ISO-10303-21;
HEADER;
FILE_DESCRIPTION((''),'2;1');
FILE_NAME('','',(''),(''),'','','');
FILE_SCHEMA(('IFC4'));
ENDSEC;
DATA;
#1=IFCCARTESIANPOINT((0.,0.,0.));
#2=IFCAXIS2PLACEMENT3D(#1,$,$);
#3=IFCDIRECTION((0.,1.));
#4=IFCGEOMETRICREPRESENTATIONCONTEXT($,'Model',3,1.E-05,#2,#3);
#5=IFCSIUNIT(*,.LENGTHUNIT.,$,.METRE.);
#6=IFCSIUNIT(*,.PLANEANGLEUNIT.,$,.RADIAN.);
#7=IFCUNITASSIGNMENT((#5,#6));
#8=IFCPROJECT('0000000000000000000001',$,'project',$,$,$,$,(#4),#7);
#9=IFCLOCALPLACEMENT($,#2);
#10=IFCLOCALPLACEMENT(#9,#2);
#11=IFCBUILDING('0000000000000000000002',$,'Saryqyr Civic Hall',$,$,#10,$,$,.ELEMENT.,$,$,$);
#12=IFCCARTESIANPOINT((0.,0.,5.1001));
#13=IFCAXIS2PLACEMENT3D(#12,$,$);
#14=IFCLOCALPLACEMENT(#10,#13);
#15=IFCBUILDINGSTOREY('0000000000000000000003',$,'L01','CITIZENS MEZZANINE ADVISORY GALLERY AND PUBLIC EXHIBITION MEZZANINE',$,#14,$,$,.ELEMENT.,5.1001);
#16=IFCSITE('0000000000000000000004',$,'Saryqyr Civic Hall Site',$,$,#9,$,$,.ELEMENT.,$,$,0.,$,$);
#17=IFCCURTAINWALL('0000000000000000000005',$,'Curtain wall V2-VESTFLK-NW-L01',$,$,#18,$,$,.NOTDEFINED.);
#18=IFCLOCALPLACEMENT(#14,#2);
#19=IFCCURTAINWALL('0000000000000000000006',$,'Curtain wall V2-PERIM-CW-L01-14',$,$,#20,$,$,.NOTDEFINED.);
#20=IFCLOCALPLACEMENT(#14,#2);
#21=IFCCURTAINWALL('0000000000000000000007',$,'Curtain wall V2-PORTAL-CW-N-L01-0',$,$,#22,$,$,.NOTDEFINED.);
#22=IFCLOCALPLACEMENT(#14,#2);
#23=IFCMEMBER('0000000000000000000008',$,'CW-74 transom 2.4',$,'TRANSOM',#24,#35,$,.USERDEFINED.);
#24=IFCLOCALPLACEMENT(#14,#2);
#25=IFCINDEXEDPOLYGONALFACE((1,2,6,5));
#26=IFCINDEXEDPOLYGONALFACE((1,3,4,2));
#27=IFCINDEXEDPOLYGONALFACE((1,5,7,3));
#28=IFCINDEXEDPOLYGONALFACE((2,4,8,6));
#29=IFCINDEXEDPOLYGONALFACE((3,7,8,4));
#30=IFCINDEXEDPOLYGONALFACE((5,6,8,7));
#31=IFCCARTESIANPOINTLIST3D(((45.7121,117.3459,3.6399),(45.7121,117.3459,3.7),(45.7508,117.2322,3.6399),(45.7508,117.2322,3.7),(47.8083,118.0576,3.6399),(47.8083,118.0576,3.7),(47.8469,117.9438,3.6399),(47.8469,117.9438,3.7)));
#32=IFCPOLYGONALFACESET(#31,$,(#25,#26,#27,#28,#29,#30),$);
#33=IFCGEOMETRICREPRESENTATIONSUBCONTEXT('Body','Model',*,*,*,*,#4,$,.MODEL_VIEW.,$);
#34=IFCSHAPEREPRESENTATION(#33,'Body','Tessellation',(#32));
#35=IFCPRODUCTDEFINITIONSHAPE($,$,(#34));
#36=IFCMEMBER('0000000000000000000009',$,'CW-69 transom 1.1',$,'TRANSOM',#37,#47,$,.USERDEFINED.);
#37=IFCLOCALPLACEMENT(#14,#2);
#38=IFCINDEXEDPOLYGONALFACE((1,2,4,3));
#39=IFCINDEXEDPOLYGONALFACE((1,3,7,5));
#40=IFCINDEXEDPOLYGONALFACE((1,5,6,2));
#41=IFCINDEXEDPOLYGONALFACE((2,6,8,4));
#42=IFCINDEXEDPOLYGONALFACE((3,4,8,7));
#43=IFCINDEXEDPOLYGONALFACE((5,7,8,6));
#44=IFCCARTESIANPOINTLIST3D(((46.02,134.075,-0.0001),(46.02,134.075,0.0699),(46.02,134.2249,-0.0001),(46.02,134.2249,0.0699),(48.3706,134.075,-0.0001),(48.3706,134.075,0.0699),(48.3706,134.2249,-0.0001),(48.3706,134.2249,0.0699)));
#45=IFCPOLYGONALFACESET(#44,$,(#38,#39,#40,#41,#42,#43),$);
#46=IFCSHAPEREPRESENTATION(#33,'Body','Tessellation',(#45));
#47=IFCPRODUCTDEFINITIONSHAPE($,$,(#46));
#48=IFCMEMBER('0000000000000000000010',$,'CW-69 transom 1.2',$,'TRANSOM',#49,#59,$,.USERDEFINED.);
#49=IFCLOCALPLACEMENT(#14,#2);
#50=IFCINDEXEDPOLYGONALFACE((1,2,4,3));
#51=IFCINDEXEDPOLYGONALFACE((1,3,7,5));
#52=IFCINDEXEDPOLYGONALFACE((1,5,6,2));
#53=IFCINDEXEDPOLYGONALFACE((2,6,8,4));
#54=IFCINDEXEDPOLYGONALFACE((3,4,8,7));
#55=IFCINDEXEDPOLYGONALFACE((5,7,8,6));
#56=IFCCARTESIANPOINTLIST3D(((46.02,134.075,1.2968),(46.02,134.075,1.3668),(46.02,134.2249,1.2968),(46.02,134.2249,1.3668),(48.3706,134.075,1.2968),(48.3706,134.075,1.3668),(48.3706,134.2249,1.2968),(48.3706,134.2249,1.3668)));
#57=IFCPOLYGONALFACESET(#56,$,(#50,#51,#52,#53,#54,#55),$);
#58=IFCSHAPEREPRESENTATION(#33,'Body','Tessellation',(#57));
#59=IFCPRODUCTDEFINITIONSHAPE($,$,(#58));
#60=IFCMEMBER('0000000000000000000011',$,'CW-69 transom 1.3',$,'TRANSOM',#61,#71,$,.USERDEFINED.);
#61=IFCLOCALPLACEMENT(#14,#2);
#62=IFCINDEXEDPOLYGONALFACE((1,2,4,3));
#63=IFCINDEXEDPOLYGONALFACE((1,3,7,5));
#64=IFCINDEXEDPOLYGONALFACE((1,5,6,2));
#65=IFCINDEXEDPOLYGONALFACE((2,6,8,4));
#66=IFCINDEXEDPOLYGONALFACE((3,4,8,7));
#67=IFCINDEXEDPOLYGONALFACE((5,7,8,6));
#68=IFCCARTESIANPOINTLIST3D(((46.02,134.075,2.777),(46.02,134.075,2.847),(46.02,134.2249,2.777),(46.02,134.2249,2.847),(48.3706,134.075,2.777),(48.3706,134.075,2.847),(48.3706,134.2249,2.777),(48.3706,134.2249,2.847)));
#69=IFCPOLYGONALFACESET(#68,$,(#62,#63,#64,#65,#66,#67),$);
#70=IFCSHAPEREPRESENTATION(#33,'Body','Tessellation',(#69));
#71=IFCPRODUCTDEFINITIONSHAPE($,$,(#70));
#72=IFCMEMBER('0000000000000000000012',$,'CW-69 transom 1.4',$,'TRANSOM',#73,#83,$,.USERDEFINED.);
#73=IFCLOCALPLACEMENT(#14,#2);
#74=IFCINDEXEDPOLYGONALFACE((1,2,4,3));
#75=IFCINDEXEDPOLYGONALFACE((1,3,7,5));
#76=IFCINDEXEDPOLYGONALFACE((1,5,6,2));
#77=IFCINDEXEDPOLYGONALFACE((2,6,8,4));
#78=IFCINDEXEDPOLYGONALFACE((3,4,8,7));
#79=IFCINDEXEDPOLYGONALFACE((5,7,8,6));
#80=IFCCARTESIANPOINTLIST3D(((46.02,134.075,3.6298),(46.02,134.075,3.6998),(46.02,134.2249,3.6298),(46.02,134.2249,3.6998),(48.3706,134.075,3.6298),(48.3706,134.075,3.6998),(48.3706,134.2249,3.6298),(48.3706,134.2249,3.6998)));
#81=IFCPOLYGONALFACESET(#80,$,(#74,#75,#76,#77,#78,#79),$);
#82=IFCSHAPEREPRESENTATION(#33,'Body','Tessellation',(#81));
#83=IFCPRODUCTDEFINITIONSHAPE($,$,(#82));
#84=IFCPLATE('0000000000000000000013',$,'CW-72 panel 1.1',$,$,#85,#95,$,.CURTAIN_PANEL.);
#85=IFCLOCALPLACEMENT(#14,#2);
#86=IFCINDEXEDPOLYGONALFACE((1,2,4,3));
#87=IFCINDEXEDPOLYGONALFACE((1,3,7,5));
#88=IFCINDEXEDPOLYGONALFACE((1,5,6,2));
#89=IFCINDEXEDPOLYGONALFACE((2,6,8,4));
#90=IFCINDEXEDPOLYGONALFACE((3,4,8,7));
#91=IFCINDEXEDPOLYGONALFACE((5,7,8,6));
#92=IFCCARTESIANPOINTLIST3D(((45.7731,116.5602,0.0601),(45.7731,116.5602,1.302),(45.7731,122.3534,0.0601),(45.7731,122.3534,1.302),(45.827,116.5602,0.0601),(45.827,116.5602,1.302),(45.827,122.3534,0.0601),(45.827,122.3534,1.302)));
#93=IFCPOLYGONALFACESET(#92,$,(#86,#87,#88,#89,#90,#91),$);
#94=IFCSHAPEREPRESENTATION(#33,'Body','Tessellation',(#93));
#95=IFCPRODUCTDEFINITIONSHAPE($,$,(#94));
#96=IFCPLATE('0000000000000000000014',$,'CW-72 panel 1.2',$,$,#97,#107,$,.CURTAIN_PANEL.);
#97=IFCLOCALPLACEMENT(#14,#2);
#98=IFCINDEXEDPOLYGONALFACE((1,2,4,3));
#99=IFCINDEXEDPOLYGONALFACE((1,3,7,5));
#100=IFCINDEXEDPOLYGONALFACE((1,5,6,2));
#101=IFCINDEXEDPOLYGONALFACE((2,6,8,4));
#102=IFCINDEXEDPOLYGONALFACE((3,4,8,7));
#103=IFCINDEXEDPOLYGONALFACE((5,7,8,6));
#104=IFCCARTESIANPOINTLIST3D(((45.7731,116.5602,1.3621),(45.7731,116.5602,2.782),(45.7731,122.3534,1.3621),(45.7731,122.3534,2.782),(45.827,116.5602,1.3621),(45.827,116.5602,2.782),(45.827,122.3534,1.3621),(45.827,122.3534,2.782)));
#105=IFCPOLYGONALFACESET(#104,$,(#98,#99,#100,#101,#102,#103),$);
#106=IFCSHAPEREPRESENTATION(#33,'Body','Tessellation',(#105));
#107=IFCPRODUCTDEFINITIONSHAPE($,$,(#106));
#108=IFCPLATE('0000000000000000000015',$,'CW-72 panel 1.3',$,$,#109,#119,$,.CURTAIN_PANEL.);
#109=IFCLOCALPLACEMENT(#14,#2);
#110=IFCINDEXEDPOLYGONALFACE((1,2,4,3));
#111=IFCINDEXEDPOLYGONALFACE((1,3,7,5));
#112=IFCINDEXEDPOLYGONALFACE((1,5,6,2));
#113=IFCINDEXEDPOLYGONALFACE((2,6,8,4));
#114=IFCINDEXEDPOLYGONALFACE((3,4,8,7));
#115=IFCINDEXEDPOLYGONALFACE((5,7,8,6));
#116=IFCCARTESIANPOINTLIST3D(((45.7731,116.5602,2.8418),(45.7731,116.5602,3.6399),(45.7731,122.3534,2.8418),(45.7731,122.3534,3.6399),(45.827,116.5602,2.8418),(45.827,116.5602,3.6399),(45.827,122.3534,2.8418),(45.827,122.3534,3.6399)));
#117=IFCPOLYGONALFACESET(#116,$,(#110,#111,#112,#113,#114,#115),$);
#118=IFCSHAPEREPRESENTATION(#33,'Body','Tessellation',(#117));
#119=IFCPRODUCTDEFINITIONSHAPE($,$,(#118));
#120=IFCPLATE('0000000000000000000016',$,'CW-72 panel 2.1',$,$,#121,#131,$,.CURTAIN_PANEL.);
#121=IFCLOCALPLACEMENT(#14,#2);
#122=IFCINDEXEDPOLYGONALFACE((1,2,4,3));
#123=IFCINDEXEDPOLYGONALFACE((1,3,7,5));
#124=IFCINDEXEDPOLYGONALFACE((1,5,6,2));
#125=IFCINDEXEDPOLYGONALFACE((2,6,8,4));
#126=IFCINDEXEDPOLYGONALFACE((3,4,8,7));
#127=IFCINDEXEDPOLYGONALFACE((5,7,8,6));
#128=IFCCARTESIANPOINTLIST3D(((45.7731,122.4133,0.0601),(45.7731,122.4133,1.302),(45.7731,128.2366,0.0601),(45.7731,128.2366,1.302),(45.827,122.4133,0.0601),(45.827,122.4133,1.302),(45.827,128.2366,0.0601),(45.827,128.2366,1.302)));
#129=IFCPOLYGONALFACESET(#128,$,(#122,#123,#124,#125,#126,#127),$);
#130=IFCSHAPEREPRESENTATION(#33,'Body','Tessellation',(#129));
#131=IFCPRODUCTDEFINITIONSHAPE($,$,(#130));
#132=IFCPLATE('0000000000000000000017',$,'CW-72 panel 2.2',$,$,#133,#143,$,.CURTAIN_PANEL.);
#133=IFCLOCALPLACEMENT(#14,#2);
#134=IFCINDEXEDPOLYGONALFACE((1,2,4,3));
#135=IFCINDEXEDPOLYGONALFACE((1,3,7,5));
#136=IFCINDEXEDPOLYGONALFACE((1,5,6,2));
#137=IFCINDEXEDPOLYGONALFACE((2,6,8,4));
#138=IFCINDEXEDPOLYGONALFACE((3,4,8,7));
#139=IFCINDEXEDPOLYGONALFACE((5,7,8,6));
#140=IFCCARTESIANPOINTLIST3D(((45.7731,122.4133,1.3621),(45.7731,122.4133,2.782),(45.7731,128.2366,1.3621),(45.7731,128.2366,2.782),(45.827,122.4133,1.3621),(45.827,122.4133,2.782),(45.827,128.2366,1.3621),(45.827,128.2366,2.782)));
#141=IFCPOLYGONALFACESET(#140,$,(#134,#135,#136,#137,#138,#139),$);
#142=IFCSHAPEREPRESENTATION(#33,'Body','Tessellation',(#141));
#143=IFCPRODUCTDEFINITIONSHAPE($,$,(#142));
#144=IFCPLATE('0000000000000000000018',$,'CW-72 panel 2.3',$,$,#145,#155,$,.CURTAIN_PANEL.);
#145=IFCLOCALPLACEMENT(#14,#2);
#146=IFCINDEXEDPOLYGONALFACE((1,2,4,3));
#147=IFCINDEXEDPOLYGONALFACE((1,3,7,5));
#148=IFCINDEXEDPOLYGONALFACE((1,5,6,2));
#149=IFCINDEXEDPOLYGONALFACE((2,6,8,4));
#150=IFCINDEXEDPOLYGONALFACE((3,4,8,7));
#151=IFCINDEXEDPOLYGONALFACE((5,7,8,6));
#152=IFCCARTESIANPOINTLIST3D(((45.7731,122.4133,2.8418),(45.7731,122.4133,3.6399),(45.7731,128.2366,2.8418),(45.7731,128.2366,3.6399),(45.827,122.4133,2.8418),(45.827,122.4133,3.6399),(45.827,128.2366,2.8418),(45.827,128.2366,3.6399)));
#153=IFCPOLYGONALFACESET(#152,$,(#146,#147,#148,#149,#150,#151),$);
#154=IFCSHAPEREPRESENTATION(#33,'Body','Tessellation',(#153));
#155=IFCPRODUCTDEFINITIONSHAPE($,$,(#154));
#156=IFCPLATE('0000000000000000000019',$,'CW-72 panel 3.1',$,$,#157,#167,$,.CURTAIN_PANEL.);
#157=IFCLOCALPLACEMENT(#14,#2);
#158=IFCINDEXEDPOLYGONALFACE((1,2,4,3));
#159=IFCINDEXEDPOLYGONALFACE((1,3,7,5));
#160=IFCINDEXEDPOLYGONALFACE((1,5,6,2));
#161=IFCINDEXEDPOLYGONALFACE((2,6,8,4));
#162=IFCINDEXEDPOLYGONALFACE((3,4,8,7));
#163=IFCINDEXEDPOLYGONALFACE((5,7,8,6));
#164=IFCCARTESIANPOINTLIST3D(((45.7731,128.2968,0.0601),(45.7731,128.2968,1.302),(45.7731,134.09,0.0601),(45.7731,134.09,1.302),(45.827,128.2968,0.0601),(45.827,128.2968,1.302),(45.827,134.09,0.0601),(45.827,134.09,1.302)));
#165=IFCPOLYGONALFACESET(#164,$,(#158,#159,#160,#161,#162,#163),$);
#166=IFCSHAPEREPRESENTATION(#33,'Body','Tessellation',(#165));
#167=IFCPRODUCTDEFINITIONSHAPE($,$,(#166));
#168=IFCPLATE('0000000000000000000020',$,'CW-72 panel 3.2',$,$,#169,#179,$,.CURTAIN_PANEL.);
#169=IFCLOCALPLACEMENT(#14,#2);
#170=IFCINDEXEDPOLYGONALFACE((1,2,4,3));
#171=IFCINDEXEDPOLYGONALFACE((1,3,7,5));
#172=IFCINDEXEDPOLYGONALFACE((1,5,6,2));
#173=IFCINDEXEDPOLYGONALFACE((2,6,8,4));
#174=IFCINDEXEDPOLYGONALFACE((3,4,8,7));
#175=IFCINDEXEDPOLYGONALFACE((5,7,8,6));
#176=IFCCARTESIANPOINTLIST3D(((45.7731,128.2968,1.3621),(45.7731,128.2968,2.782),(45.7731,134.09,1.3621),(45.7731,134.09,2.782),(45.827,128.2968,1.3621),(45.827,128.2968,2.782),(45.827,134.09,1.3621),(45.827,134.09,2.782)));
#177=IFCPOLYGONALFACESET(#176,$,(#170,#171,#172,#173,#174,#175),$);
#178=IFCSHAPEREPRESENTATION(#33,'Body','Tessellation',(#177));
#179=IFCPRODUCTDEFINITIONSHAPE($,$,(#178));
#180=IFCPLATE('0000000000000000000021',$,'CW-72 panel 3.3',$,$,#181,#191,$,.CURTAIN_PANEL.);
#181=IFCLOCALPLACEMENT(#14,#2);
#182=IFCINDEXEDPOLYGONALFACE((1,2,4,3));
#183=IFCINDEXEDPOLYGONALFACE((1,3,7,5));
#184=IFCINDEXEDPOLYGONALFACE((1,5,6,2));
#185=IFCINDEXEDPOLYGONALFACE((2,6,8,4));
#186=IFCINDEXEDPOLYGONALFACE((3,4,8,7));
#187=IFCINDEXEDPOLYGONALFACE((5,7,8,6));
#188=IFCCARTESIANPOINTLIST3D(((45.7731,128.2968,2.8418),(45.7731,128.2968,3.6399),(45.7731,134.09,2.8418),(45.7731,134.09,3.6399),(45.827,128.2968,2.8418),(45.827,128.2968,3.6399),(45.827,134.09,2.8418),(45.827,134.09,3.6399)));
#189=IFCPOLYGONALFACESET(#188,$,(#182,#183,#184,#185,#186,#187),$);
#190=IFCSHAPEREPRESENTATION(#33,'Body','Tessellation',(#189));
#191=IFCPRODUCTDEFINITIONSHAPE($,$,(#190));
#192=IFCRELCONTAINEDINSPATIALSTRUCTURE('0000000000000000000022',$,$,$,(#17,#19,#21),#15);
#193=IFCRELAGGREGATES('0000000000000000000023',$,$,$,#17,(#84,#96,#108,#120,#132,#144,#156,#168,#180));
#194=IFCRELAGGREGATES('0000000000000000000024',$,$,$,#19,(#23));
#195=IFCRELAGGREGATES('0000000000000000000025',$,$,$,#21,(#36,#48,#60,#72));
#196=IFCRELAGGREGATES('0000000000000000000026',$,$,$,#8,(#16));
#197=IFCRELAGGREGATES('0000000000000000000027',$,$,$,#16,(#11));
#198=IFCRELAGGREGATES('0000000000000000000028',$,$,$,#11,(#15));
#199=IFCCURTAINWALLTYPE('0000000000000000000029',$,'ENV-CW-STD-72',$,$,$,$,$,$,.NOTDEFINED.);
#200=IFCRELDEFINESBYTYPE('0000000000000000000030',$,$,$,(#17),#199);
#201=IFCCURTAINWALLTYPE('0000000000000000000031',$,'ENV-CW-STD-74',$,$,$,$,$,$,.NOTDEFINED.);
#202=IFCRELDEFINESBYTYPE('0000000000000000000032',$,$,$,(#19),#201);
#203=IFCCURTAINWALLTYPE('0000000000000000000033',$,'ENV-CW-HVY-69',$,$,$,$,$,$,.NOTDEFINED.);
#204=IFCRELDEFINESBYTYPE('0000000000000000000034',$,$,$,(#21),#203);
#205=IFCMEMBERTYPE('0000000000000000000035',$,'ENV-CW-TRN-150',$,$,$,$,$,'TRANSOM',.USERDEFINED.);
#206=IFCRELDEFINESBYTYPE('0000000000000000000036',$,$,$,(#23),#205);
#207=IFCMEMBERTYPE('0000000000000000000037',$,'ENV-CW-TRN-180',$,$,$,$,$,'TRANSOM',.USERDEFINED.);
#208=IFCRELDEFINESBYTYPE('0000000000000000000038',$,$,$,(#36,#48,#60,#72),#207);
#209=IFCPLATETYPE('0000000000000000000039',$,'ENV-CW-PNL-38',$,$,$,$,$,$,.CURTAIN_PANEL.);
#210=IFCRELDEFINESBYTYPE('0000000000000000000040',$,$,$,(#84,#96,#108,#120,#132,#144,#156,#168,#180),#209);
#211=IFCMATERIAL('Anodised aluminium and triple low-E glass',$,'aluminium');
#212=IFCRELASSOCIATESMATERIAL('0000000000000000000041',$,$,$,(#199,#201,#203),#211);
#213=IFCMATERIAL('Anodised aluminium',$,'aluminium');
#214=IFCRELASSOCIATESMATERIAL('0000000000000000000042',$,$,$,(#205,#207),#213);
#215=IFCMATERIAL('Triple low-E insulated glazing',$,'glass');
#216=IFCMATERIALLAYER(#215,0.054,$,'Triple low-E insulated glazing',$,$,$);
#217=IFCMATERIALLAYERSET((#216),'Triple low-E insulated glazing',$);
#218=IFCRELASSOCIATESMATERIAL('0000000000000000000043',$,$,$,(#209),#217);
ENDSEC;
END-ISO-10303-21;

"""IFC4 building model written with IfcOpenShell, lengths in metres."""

from ifc_helpers import new_model, si_unit, direction, frame, origin, origin_2d, place, context, subcontext, project, spatial, rectangle, extrude, material, layer, layer_set, material_profile, profile_set, type_object, element, aggregate, save


model = new_model("IFC4")

# Units and contexts
model_context = context("Model", 3, precision=1e-05, world=origin(), true_north=direction((0.0, 1.0)))
body_context = subcontext(model_context, "Body", "Model", "MODEL_VIEW")
ifc_project = project(units=[si_unit("LENGTHUNIT", "METRE"), si_unit("PLANEANGLEUNIT", "RADIAN")], contexts=[model_context])

# Site, building, storey
site_placement = place(None, origin())
site = spatial("IfcSite", under=ifc_project, at=site_placement, Name="Saryqyr Civic Hall Site", CompositionType="ELEMENT", RefElevation=0.0)
building_placement = place(site_placement, origin())
building = spatial("IfcBuilding", under=site, at=building_placement, Name="Saryqyr Civic Hall", CompositionType="ELEMENT")
storey_placement = place(building_placement, frame((0.0, 0.0, 5.1001)))
storey = spatial("IfcBuildingStorey", under=building, at=storey_placement, Name="L01", Description="CITIZENS MEZZANINE ADVISORY GALLERY AND PUBLIC EXHIBITION MEZZANINE", CompositionType="ELEMENT", Elevation=5.1001)

# Curtain wall
ifc_material_1 = material(Name="Anodised aluminium and triple low-E glass", Category="aluminium")
curtain_wall_type_1 = type_object("IfcCurtainWallType", Name="ENV-CW-STD-72", PredefinedType="NOTDEFINED", material=ifc_material_1)
curtain_wall_1_placement = place(storey_placement, origin())
curtain_wall_1 = element("IfcCurtainWall", 1, at=curtain_wall_1_placement, inside=storey, type_object=curtain_wall_type_1, Name="Curtain wall V2-VESTFLK-NW-L01", PredefinedType="NOTDEFINED")
ifc_material_2 = material(Name="Anodised aluminium", Category="aluminium")

# Curtain walls
curtain_wall_type_2 = type_object("IfcCurtainWallType", Name="ENV-CW-STD-74", PredefinedType="NOTDEFINED", material=ifc_material_1)
curtain_wall_2_placement = place(storey_placement, origin())
curtain_wall_2 = element("IfcCurtainWall", 2, at=curtain_wall_2_placement, inside=storey, type_object=curtain_wall_type_2, Name="Curtain wall V2-PERIM-CW-L01-14", PredefinedType="NOTDEFINED")
curtain_wall_type_3 = type_object("IfcCurtainWallType", Name="ENV-CW-HVY-69", PredefinedType="NOTDEFINED", material=ifc_material_1)
curtain_wall_3_placement = place(storey_placement, origin())
curtain_wall_3 = element("IfcCurtainWall", 3, at=curtain_wall_3_placement, inside=storey, type_object=curtain_wall_type_3, Name="Curtain wall V2-PORTAL-CW-N-L01-0", PredefinedType="NOTDEFINED")

# Members
ifc_material_profile_1 = material_profile(ifc_material_2, rectangle(XDim=0.1201, YDim=0.0601, at=origin_2d()), Name="ALU TRANSOM 120x60")
ifc_profile_set_1 = profile_set([ifc_material_profile_1], Name="Anodised aluminium")
member_type_1 = type_object("IfcMemberType", Name="ENV-CW-TRN-150", ElementType="TRANSOM", PredefinedType="USERDEFINED", material=ifc_profile_set_1)
member_1_placement = place(storey_placement, frame((45.7314, 117.2891, 3.6699), z_axis=(0.946915, 0.321484, 0.0), x_axis=(-0.321484, 0.946915, 0.0)))
member_1 = element("IfcMember", 4, at=member_1_placement, type_object=member_type_1, Name="CW-74 transom 2.4", ObjectType="TRANSOM", PredefinedType="USERDEFINED", context=body_context, shape_type="SweptSolid", body=[
    extrude(rectangle(XDim=0.1201, YDim=0.0601, at=origin_2d()), origin(), (0.0, 0.0, 1.0), 2.2136),
])
ifc_material_profile_2 = material_profile(ifc_material_2, rectangle(XDim=0.1499, YDim=0.0701, at=origin_2d()), Name="ALU TRANSOM 150x70")
ifc_profile_set_2 = profile_set([ifc_material_profile_2], Name="Anodised aluminium")
member_type_2 = type_object("IfcMemberType", Name="ENV-CW-TRN-180", ElementType="TRANSOM", PredefinedType="USERDEFINED", material=ifc_profile_set_2)
member_2_placement = place(storey_placement, frame((46.02, 134.1499, 0.0349), z_axis=(1.0, 0.0, 0.0), x_axis=(0.0, 1.0, 0.0)))
member_2 = element("IfcMember", 5, at=member_2_placement, type_object=member_type_2, Name="CW-69 transom 1.1", ObjectType="TRANSOM", PredefinedType="USERDEFINED", context=body_context, shape_type="SweptSolid", body=[
    extrude(rectangle(XDim=0.1499, YDim=0.0701, at=origin_2d()), origin(), (0.0, 0.0, 1.0), 2.3506),
])
member_3_placement = place(storey_placement, frame((46.02, 134.1499, 1.3318), z_axis=(1.0, 0.0, 0.0), x_axis=(0.0, 1.0, 0.0)))
member_3 = element("IfcMember", 6, at=member_3_placement, type_object=member_type_2, Name="CW-69 transom 1.2", ObjectType="TRANSOM", PredefinedType="USERDEFINED", context=body_context, shape_type="SweptSolid", body=[
    extrude(rectangle(XDim=0.1499, YDim=0.0701, at=origin_2d()), origin(), (0.0, 0.0, 1.0), 2.3506),
])
member_4_placement = place(storey_placement, frame((46.02, 134.1499, 2.812), z_axis=(1.0, 0.0, 0.0), x_axis=(0.0, 1.0, 0.0)))
member_4 = element("IfcMember", 7, at=member_4_placement, type_object=member_type_2, Name="CW-69 transom 1.3", ObjectType="TRANSOM", PredefinedType="USERDEFINED", context=body_context, shape_type="SweptSolid", body=[
    extrude(rectangle(XDim=0.1499, YDim=0.0701, at=origin_2d()), origin(), (0.0, 0.0, 1.0), 2.3506),
])
member_5_placement = place(storey_placement, frame((46.02, 134.1499, 3.6648), z_axis=(1.0, 0.0, 0.0), x_axis=(0.0, 1.0, 0.0)))
member_5 = element("IfcMember", 8, at=member_5_placement, type_object=member_type_2, Name="CW-69 transom 1.4", ObjectType="TRANSOM", PredefinedType="USERDEFINED", context=body_context, shape_type="SweptSolid", body=[
    extrude(rectangle(XDim=0.1499, YDim=0.0701, at=origin_2d()), origin(), (0.0, 0.0, 1.0), 2.3506),
])

# Plates
ifc_material_3 = material(Name="Triple low-E insulated glazing", Category="glass")
ifc_layer_1 = layer(ifc_material_3, 0.054, Name="Triple low-E insulated glazing")
ifc_layer_set_1 = layer_set([ifc_layer_1], Name="Triple low-E insulated glazing")
plate_type_1 = type_object("IfcPlateType", Name="ENV-CW-PNL-38", PredefinedType="CURTAIN_PANEL", material=ifc_layer_set_1)
plate_1_placement = place(storey_placement, frame((45.8, 119.4568, 0.0601), z_axis=(0.0, 0.0, 1.0), x_axis=(0.0, 1.0, 0.0)))
plate_1 = element("IfcPlate", 9, at=plate_1_placement, type_object=plate_type_1, Name="CW-72 panel 1.1", PredefinedType="CURTAIN_PANEL", context=body_context, shape_type="SweptSolid", body=[
    extrude(rectangle(XDim=5.7932, YDim=0.054, at=origin_2d()), origin(), (0.0, 0.0, 1.0), 1.2419),
])
plate_2_placement = place(storey_placement, frame((45.8, 119.4568, 1.3621), z_axis=(0.0, 0.0, 1.0), x_axis=(0.0, 1.0, 0.0)))
plate_2 = element("IfcPlate", 10, at=plate_2_placement, type_object=plate_type_1, Name="CW-72 panel 1.2", PredefinedType="CURTAIN_PANEL", context=body_context, shape_type="SweptSolid", body=[
    extrude(rectangle(XDim=5.7932, YDim=0.054, at=origin_2d()), origin(), (0.0, 0.0, 1.0), 1.4199),
])
plate_3_placement = place(storey_placement, frame((45.8, 119.4568, 2.8418), z_axis=(0.0, 0.0, 1.0), x_axis=(0.0, 1.0, 0.0)))
plate_3 = element("IfcPlate", 11, at=plate_3_placement, type_object=plate_type_1, Name="CW-72 panel 1.3", PredefinedType="CURTAIN_PANEL", context=body_context, shape_type="SweptSolid", body=[
    extrude(rectangle(XDim=5.7932, YDim=0.054, at=origin_2d()), origin(), (0.0, 0.0, 1.0), 0.7981),
])
plate_4_placement = place(storey_placement, frame((45.8, 125.325, 0.0601), z_axis=(0.0, 0.0, 1.0), x_axis=(0.0, 1.0, 0.0)))
plate_4 = element("IfcPlate", 12, at=plate_4_placement, type_object=plate_type_1, Name="CW-72 panel 2.1", PredefinedType="CURTAIN_PANEL", context=body_context, shape_type="SweptSolid", body=[
    extrude(rectangle(XDim=5.8232, YDim=0.054, at=origin_2d()), origin(), (0.0, 0.0, 1.0), 1.2419),
])
plate_5_placement = place(storey_placement, frame((45.8, 125.325, 1.3621), z_axis=(0.0, 0.0, 1.0), x_axis=(0.0, 1.0, 0.0)))
plate_5 = element("IfcPlate", 13, at=plate_5_placement, type_object=plate_type_1, Name="CW-72 panel 2.2", PredefinedType="CURTAIN_PANEL", context=body_context, shape_type="SweptSolid", body=[
    extrude(rectangle(XDim=5.8232, YDim=0.054, at=origin_2d()), origin(), (0.0, 0.0, 1.0), 1.4199),
])
plate_6_placement = place(storey_placement, frame((45.8, 125.325, 2.8418), z_axis=(0.0, 0.0, 1.0), x_axis=(0.0, 1.0, 0.0)))
plate_6 = element("IfcPlate", 14, at=plate_6_placement, type_object=plate_type_1, Name="CW-72 panel 2.3", PredefinedType="CURTAIN_PANEL", context=body_context, shape_type="SweptSolid", body=[
    extrude(rectangle(XDim=5.8232, YDim=0.054, at=origin_2d()), origin(), (0.0, 0.0, 1.0), 0.7981),
])
plate_7_placement = place(storey_placement, frame((45.8, 131.1934, 0.0601), z_axis=(0.0, 0.0, 1.0), x_axis=(0.0, 1.0, 0.0)))
plate_7 = element("IfcPlate", 15, at=plate_7_placement, type_object=plate_type_1, Name="CW-72 panel 3.1", PredefinedType="CURTAIN_PANEL", context=body_context, shape_type="SweptSolid", body=[
    extrude(rectangle(XDim=5.7932, YDim=0.054, at=origin_2d()), origin(), (0.0, 0.0, 1.0), 1.2419),
])
plate_8_placement = place(storey_placement, frame((45.8, 131.1934, 1.3621), z_axis=(0.0, 0.0, 1.0), x_axis=(0.0, 1.0, 0.0)))
plate_8 = element("IfcPlate", 16, at=plate_8_placement, type_object=plate_type_1, Name="CW-72 panel 3.2", PredefinedType="CURTAIN_PANEL", context=body_context, shape_type="SweptSolid", body=[
    extrude(rectangle(XDim=5.7932, YDim=0.054, at=origin_2d()), origin(), (0.0, 0.0, 1.0), 1.4199),
])
plate_9_placement = place(storey_placement, frame((45.8, 131.1934, 2.8418), z_axis=(0.0, 0.0, 1.0), x_axis=(0.0, 1.0, 0.0)))
plate_9 = element("IfcPlate", 17, at=plate_9_placement, type_object=plate_type_1, Name="CW-72 panel 3.3", PredefinedType="CURTAIN_PANEL", context=body_context, shape_type="SweptSolid", body=[
    extrude(rectangle(XDim=5.7932, YDim=0.054, at=origin_2d()), origin(), (0.0, 0.0, 1.0), 0.7981),
])
aggregate(curtain_wall_1, [plate_1, plate_2, plate_3, plate_4, plate_5, plate_6, plate_7, plate_8, plate_9])
aggregate(curtain_wall_2, [member_1])
aggregate(curtain_wall_3, [member_2, member_3, member_4, member_5])

save(model, "model.ifc")
